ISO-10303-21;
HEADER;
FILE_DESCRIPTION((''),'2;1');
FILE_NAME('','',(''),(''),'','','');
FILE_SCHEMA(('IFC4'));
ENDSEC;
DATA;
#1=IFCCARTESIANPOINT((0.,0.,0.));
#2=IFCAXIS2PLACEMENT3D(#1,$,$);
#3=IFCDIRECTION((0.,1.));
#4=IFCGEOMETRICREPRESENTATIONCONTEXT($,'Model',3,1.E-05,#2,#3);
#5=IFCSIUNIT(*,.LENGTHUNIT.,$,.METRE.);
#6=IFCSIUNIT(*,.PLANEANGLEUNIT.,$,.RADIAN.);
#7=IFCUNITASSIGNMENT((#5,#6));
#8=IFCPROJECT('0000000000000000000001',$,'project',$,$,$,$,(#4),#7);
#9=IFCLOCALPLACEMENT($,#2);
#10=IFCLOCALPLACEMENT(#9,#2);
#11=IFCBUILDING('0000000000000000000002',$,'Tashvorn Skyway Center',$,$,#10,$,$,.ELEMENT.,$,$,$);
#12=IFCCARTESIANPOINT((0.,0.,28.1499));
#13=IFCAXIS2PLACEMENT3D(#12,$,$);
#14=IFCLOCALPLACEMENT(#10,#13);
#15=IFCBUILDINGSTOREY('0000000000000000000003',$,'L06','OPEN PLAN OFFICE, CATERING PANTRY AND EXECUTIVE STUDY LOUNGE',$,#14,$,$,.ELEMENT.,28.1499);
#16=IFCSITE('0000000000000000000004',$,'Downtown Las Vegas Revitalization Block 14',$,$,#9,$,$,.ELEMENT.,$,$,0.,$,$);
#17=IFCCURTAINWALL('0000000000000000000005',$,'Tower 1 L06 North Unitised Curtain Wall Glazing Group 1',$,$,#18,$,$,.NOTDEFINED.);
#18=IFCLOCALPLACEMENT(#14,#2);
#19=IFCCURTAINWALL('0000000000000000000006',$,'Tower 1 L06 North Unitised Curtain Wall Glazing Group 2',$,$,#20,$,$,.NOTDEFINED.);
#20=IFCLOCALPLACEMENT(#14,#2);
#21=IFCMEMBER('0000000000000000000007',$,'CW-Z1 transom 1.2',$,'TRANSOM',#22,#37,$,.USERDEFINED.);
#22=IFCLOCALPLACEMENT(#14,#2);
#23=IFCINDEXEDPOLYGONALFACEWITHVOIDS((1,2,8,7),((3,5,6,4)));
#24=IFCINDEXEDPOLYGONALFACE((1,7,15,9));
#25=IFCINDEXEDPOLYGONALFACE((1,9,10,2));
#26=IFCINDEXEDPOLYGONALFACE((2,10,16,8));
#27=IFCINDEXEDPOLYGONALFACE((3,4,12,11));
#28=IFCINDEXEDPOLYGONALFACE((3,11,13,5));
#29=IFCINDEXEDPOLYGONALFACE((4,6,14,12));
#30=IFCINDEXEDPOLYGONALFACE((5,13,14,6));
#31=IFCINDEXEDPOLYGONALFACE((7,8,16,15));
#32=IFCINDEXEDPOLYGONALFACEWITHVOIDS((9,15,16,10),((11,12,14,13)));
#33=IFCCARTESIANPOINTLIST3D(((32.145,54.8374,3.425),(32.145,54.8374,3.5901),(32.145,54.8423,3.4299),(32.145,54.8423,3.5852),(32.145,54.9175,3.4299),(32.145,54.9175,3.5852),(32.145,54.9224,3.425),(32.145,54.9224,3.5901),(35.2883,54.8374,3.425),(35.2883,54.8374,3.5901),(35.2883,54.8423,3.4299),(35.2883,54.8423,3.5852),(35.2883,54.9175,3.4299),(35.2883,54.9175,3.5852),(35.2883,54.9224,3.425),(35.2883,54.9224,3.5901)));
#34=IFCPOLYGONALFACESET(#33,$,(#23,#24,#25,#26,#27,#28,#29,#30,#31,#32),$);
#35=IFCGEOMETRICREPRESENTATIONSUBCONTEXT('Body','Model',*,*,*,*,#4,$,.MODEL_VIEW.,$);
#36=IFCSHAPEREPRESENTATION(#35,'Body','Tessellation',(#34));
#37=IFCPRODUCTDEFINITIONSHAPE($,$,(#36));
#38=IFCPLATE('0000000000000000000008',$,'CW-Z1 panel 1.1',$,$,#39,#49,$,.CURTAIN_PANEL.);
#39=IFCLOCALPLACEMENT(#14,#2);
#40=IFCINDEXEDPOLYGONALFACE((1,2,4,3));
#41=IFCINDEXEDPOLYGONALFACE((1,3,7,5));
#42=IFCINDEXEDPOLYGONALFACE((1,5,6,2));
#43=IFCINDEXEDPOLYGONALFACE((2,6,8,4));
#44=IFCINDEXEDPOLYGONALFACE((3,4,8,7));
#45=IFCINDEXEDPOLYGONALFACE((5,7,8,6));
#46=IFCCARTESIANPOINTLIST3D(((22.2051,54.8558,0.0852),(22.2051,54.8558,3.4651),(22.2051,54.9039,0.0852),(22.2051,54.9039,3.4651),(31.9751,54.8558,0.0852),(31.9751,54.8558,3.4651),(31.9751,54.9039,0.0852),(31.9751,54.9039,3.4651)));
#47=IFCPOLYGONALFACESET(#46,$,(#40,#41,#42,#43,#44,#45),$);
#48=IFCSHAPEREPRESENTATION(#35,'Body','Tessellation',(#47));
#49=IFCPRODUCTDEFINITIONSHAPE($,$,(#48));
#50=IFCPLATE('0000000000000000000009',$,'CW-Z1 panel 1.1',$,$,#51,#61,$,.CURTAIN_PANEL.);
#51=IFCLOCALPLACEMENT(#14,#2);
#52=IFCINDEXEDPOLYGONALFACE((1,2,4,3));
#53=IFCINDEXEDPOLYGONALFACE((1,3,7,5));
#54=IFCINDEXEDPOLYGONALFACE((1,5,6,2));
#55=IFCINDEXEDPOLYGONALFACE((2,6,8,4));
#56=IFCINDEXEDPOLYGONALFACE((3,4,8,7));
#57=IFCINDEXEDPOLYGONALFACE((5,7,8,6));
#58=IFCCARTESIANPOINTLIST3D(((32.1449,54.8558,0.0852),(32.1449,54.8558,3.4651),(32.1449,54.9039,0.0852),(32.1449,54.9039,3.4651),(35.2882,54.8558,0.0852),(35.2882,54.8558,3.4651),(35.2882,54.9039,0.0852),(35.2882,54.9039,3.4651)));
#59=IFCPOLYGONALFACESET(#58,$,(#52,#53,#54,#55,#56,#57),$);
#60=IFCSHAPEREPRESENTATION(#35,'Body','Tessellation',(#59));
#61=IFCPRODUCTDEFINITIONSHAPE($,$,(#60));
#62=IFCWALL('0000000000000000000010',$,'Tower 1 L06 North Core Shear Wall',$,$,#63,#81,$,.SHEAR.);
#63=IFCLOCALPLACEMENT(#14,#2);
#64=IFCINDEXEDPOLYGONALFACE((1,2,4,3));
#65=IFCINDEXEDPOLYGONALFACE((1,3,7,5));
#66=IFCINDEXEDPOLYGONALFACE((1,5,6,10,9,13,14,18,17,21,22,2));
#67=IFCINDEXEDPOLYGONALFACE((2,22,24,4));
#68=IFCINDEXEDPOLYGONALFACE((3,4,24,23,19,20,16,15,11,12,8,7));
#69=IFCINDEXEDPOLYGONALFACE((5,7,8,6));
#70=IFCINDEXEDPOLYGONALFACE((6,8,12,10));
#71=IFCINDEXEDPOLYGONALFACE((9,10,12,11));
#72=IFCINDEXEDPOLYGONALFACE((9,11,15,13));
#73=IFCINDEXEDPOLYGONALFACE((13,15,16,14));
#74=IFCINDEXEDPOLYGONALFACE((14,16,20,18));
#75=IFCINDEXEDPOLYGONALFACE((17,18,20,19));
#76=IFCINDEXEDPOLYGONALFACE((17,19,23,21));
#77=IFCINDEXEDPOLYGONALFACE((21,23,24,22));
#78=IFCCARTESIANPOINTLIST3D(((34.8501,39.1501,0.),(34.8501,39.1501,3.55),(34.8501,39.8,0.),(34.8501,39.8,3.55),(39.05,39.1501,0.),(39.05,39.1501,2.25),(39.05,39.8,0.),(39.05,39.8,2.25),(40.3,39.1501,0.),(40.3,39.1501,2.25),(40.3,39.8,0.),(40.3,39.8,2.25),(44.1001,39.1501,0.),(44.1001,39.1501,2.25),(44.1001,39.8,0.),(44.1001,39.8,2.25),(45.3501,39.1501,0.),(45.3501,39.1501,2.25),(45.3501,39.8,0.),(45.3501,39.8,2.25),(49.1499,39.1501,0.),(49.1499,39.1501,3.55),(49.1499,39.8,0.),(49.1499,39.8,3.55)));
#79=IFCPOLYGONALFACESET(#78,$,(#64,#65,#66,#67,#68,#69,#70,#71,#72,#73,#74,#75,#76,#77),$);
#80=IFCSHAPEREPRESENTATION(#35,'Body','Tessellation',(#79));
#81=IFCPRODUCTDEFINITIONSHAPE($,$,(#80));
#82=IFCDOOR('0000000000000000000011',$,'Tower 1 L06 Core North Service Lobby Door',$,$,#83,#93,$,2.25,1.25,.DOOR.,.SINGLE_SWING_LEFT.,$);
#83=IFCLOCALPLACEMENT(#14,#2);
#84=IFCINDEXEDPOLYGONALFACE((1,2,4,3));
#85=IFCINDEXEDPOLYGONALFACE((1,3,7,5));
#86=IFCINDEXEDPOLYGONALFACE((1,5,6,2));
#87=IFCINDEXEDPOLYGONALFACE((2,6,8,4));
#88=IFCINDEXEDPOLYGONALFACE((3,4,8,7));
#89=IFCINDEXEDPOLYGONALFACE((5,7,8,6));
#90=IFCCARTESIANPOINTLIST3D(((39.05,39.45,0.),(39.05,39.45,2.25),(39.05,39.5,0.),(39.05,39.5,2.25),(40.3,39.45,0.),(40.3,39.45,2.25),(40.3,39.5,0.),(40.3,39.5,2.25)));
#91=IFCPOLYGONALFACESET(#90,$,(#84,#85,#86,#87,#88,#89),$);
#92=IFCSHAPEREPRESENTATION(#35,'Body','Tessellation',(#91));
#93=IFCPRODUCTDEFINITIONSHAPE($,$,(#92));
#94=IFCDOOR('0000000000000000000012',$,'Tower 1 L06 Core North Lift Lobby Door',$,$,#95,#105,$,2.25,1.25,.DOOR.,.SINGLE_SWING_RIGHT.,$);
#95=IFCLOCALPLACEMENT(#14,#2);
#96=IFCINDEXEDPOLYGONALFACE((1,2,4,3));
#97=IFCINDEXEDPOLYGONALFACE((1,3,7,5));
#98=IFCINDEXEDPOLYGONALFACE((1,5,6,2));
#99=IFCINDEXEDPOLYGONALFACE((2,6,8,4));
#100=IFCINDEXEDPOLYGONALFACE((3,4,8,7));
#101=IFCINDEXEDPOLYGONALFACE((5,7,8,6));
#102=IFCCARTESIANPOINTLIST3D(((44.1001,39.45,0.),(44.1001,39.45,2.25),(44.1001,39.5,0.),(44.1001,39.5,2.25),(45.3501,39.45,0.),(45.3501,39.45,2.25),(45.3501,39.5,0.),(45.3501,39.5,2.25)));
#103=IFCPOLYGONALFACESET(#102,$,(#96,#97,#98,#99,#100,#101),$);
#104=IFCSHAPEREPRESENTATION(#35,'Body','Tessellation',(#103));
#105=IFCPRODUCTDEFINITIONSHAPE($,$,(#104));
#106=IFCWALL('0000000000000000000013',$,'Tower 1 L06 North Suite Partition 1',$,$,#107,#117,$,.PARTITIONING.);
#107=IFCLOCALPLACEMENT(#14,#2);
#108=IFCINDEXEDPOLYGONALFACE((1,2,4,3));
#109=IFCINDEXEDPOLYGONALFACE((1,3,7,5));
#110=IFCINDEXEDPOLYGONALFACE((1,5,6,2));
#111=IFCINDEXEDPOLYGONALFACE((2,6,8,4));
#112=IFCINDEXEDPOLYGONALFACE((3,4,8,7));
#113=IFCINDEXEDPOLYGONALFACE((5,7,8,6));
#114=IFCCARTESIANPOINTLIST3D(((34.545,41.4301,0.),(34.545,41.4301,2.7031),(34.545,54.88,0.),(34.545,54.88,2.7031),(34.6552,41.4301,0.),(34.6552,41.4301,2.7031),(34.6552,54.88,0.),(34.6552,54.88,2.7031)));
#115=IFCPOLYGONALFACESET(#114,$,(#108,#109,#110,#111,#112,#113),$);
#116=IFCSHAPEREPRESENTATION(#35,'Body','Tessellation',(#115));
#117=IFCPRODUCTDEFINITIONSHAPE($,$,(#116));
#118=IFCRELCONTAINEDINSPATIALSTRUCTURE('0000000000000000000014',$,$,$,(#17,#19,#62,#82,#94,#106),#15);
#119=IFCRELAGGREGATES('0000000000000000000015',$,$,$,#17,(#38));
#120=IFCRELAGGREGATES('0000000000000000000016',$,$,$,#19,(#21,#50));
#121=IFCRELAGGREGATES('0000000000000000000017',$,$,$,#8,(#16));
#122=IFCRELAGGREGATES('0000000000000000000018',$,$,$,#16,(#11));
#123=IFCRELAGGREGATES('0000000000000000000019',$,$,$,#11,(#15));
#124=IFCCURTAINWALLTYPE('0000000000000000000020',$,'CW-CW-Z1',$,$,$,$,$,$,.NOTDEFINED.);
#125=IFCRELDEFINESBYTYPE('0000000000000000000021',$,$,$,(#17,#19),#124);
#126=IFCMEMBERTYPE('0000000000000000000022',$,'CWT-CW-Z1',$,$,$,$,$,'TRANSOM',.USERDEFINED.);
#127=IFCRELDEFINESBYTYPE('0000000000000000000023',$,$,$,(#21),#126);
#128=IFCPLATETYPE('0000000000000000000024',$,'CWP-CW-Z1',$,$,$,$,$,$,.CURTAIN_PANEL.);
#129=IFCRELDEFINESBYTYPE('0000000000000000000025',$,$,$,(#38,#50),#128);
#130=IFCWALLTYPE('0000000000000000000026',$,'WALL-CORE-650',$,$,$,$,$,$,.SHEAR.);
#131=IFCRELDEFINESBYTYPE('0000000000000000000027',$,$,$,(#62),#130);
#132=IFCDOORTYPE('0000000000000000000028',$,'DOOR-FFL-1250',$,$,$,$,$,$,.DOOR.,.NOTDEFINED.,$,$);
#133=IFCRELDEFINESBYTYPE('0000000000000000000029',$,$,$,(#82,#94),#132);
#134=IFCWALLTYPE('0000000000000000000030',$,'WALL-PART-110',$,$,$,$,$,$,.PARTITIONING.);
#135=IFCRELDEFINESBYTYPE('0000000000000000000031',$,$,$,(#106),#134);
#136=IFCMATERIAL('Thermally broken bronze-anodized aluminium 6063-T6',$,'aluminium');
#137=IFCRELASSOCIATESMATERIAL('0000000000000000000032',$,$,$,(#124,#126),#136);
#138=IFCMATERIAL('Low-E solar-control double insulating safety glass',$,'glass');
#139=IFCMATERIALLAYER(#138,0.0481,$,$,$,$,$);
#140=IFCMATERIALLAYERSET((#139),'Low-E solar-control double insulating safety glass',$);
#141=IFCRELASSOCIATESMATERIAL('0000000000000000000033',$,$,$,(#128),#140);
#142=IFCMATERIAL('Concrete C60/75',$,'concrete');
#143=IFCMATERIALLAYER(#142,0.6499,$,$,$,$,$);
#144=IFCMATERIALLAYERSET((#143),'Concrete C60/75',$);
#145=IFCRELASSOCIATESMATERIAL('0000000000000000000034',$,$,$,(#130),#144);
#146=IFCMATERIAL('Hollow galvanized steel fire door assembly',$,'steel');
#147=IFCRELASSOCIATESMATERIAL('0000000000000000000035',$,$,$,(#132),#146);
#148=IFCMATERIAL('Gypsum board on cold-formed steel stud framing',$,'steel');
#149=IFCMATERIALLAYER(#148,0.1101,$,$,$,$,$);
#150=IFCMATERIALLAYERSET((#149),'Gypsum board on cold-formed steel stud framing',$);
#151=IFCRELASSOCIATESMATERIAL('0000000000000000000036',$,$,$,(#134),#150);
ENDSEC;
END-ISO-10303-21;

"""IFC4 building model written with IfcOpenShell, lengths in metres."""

from ifc_helpers import new_model, si_unit, direction, frame, frame_2d, origin, origin_2d, place, context, subcontext, project, spatial, rectangle, hollow_rectangle, extrude, material, layer, layer_set, material_profile, profile_set, type_object, element, fill, aggregate, save


model = new_model("IFC4")

# Units and contexts
model_context = context("Model", 3, precision=1e-05, world=origin(), true_north=direction((0.0, 1.0)))
body_context = subcontext(model_context, "Body", "Model", "MODEL_VIEW")
ifc_project = project(units=[si_unit("LENGTHUNIT", "METRE"), si_unit("PLANEANGLEUNIT", "RADIAN")], contexts=[model_context])

# Site, building, storey
site_placement = place(None, origin())
site = spatial("IfcSite", under=ifc_project, at=site_placement, Name="Downtown Las Vegas Revitalization Block 14", CompositionType="ELEMENT", RefElevation=0.0)
building_placement = place(site_placement, origin())
building = spatial("IfcBuilding", under=site, at=building_placement, Name="Tashvorn Skyway Center", CompositionType="ELEMENT")
storey_placement = place(building_placement, frame((0.0, 0.0, 28.1499)))
storey = spatial("IfcBuildingStorey", under=building, at=storey_placement, Name="L06", Description="OPEN PLAN OFFICE, CATERING PANTRY AND EXECUTIVE STUDY LOUNGE", CompositionType="ELEMENT", Elevation=28.1499)

# Curtain wall
ifc_material_1 = material(Name="Thermally broken bronze-anodized aluminium 6063-T6", Category="aluminium")
curtain_wall_type = type_object("IfcCurtainWallType", Name="CW-CW-Z1", PredefinedType="NOTDEFINED", material=ifc_material_1)
curtain_wall_1_placement = place(storey_placement, origin())
curtain_wall_1 = element("IfcCurtainWall", 1, at=curtain_wall_1_placement, inside=storey, type_object=curtain_wall_type, Name="Tower 1 L06 North Unitised Curtain Wall Glazing Group 1", PredefinedType="NOTDEFINED")

# Curtain wall
curtain_wall_2_placement = place(storey_placement, origin())
curtain_wall_2 = element("IfcCurtainWall", 2, at=curtain_wall_2_placement, inside=storey, type_object=curtain_wall_type, Name="Tower 1 L06 North Unitised Curtain Wall Glazing Group 2", PredefinedType="NOTDEFINED")

# Member
ifc_material_profile_1 = material_profile(ifc_material_1, hollow_rectangle(XDim=0.085, YDim=0.165, WallThickness=0.0049, at=origin_2d()), Name="ALU-TRAN-85x165")
ifc_profile_set_1 = profile_set([ifc_material_profile_1], Name="Thermally broken bronze-anodized aluminium 6063-T6")
member_type_1 = type_object("IfcMemberType", Name="CWT-CW-Z1", ElementType="TRANSOM", PredefinedType="USERDEFINED", material=ifc_profile_set_1)
member_1_placement = place(storey_placement, frame((32.145, 54.8799, 3.5076), z_axis=(1.0, 0.0, 0.0), x_axis=(0.0, 1.0, 0.0)))
member_1 = element("IfcMember", 3, at=member_1_placement, type_object=member_type_1, Name="CW-Z1 transom 1.2", ObjectType="TRANSOM", PredefinedType="USERDEFINED", context=body_context, shape_type="SweptSolid", body=[
    extrude(hollow_rectangle(XDim=0.085, YDim=0.165, WallThickness=0.0049, at=origin_2d()), origin(), (0.0, 0.0, 1.0), 3.1433),
])

# Plates
ifc_material_2 = material(Name="Low-E solar-control double insulating safety glass", Category="glass")
ifc_layer_1 = layer(ifc_material_2, 0.0481)
ifc_layer_set_1 = layer_set([ifc_layer_1], Name="Low-E solar-control double insulating safety glass")
plate_type = type_object("IfcPlateType", Name="CWP-CW-Z1", PredefinedType="CURTAIN_PANEL", material=ifc_layer_set_1)
plate_1_placement = place(storey_placement, frame((27.0901, 54.8799, 0.0852), z_axis=(0.0, 0.0, 1.0), x_axis=(1.0, 0.0, 0.0)))
plate_1 = element("IfcPlate", 4, at=plate_1_placement, type_object=plate_type, Name="CW-Z1 panel 1.1", PredefinedType="CURTAIN_PANEL", context=body_context, shape_type="SweptSolid", body=[
    extrude(rectangle(XDim=9.77, YDim=0.0481, at=origin_2d()), origin(), (0.0, 0.0, 1.0), 3.3799),
])
aggregate(curtain_wall_1, [plate_1])
plate_2_placement = place(storey_placement, frame((33.7166, 54.8799, 0.0852), z_axis=(0.0, 0.0, 1.0), x_axis=(1.0, 0.0, 0.0)))
plate_2 = element("IfcPlate", 5, at=plate_2_placement, type_object=plate_type, Name="CW-Z1 panel 1.1", PredefinedType="CURTAIN_PANEL", context=body_context, shape_type="SweptSolid", body=[
    extrude(rectangle(XDim=3.1433, YDim=0.0481, at=origin_2d()), origin(), (0.0, 0.0, 1.0), 3.3799),
])
aggregate(curtain_wall_2, [member_1, plate_2])

# Wall, openings, doors
ifc_material_3 = material(Name="Concrete C60/75", Category="concrete")
ifc_layer_2 = layer(ifc_material_3, 0.6499)
ifc_layer_set_2 = layer_set([ifc_layer_2], Name="Concrete C60/75")
wall_type_1 = type_object("IfcWallType", Name="WALL-CORE-650", PredefinedType="SHEAR", material=ifc_layer_set_2)
wall_1_placement = place(storey_placement, frame((34.8501, 39.4751, 0.0), z_axis=(0.0, 0.0, 1.0), x_axis=(1.0, 0.0, 0.0)))
wall_1 = element("IfcWall", 6, at=wall_1_placement, inside=storey, type_object=wall_type_1, Name="Tower 1 L06 North Core Shear Wall", PredefinedType="SHEAR", context=body_context, shape_type="SweptSolid", body=[
    extrude(rectangle(XDim=14.2998, YDim=0.6499, at=frame_2d((7.1499, 0.0))), origin(), (0.0, 0.0, 1.0), 3.55),
])
opening_1_placement = place(wall_1_placement, frame((4.2, 0.0, 0.0)))
opening_1 = element("IfcOpeningElement", 7, at=opening_1_placement, cuts=wall_1, PredefinedType="OPENING", context=body_context, shape_type="SweptSolid", body=[
    extrude(rectangle(XDim=1.25, YDim=2.25, at=frame_2d((0.625, 1.125))), frame((0.0, 0.335, 0.0), z_axis=(0.0, -1.0, 0.0), x_axis=(1.0, 0.0, 0.0)), (0.0, 0.0, 1.0), 0.6699),
])
opening_2_placement = place(wall_1_placement, frame((9.25, 0.0, 0.0)))
opening_2 = element("IfcOpeningElement", 8, at=opening_2_placement, cuts=wall_1, PredefinedType="OPENING", context=body_context, shape_type="SweptSolid", body=[
    extrude(rectangle(XDim=1.25, YDim=2.25, at=frame_2d((0.625, 1.125))), frame((0.0, 0.335, 0.0), z_axis=(0.0, -1.0, 0.0), x_axis=(1.0, 0.0, 0.0)), (0.0, 0.0, 1.0), 0.6699),
])
ifc_material_4 = material(Name="Hollow galvanized steel fire door assembly", Category="steel")
door_type_1 = type_object("IfcDoorType", Name="DOOR-FFL-1250", OperationType="NOTDEFINED", PredefinedType="DOOR", material=ifc_material_4)
door_1_placement = place(opening_1_placement, origin())
door_1 = element("IfcDoor", 9, at=door_1_placement, inside=storey, type_object=door_type_1, Name="Tower 1 L06 Core North Service Lobby Door", OperationType="SINGLE_SWING_LEFT", OverallHeight=2.25, OverallWidth=1.25, PredefinedType="DOOR", context=body_context, shape_type="SweptSolid", body=[
    extrude(rectangle(XDim=1.25, YDim=2.25, at=frame_2d((0.625, 1.125))), frame((0.0, 0.0249, 0.0), z_axis=(0.0, -1.0, 0.0), x_axis=(1.0, 0.0, 0.0)), (0.0, 0.0, 1.0), 0.05),
])
fill(opening_1, door_1)
door_2_placement = place(opening_2_placement, origin())
door_2 = element("IfcDoor", 10, at=door_2_placement, inside=storey, type_object=door_type_1, Name="Tower 1 L06 Core North Lift Lobby Door", OperationType="SINGLE_SWING_RIGHT", OverallHeight=2.25, OverallWidth=1.25, PredefinedType="DOOR", context=body_context, shape_type="SweptSolid", body=[
    extrude(rectangle(XDim=1.25, YDim=2.25, at=frame_2d((0.625, 1.125))), frame((0.0, 0.0249, 0.0), z_axis=(0.0, -1.0, 0.0), x_axis=(1.0, 0.0, 0.0)), (0.0, 0.0, 1.0), 0.05),
])
fill(opening_2, door_2)

# Wall
ifc_material_5 = material(Name="Gypsum board on cold-formed steel stud framing", Category="steel")
ifc_layer_3 = layer(ifc_material_5, 0.1101)
ifc_layer_set_3 = layer_set([ifc_layer_3], Name="Gypsum board on cold-formed steel stud framing")
wall_type_2 = type_object("IfcWallType", Name="WALL-PART-110", PredefinedType="PARTITIONING", material=ifc_layer_set_3)
wall_2_placement = place(storey_placement, frame((34.6001, 41.4299, 0.0), z_axis=(0.0, 0.0, 1.0), x_axis=(0.0, 1.0, 0.0)))
element("IfcWall", 11, at=wall_2_placement, inside=storey, type_object=wall_type_2, Name="Tower 1 L06 North Suite Partition 1", PredefinedType="PARTITIONING", context=body_context, shape_type="SweptSolid", body=[
    extrude(rectangle(XDim=13.45, YDim=0.1101, at=frame_2d((6.7251, 0.0))), origin(), (0.0, 0.0, 1.0), 2.7031),
])

save(model, "model.ifc")
